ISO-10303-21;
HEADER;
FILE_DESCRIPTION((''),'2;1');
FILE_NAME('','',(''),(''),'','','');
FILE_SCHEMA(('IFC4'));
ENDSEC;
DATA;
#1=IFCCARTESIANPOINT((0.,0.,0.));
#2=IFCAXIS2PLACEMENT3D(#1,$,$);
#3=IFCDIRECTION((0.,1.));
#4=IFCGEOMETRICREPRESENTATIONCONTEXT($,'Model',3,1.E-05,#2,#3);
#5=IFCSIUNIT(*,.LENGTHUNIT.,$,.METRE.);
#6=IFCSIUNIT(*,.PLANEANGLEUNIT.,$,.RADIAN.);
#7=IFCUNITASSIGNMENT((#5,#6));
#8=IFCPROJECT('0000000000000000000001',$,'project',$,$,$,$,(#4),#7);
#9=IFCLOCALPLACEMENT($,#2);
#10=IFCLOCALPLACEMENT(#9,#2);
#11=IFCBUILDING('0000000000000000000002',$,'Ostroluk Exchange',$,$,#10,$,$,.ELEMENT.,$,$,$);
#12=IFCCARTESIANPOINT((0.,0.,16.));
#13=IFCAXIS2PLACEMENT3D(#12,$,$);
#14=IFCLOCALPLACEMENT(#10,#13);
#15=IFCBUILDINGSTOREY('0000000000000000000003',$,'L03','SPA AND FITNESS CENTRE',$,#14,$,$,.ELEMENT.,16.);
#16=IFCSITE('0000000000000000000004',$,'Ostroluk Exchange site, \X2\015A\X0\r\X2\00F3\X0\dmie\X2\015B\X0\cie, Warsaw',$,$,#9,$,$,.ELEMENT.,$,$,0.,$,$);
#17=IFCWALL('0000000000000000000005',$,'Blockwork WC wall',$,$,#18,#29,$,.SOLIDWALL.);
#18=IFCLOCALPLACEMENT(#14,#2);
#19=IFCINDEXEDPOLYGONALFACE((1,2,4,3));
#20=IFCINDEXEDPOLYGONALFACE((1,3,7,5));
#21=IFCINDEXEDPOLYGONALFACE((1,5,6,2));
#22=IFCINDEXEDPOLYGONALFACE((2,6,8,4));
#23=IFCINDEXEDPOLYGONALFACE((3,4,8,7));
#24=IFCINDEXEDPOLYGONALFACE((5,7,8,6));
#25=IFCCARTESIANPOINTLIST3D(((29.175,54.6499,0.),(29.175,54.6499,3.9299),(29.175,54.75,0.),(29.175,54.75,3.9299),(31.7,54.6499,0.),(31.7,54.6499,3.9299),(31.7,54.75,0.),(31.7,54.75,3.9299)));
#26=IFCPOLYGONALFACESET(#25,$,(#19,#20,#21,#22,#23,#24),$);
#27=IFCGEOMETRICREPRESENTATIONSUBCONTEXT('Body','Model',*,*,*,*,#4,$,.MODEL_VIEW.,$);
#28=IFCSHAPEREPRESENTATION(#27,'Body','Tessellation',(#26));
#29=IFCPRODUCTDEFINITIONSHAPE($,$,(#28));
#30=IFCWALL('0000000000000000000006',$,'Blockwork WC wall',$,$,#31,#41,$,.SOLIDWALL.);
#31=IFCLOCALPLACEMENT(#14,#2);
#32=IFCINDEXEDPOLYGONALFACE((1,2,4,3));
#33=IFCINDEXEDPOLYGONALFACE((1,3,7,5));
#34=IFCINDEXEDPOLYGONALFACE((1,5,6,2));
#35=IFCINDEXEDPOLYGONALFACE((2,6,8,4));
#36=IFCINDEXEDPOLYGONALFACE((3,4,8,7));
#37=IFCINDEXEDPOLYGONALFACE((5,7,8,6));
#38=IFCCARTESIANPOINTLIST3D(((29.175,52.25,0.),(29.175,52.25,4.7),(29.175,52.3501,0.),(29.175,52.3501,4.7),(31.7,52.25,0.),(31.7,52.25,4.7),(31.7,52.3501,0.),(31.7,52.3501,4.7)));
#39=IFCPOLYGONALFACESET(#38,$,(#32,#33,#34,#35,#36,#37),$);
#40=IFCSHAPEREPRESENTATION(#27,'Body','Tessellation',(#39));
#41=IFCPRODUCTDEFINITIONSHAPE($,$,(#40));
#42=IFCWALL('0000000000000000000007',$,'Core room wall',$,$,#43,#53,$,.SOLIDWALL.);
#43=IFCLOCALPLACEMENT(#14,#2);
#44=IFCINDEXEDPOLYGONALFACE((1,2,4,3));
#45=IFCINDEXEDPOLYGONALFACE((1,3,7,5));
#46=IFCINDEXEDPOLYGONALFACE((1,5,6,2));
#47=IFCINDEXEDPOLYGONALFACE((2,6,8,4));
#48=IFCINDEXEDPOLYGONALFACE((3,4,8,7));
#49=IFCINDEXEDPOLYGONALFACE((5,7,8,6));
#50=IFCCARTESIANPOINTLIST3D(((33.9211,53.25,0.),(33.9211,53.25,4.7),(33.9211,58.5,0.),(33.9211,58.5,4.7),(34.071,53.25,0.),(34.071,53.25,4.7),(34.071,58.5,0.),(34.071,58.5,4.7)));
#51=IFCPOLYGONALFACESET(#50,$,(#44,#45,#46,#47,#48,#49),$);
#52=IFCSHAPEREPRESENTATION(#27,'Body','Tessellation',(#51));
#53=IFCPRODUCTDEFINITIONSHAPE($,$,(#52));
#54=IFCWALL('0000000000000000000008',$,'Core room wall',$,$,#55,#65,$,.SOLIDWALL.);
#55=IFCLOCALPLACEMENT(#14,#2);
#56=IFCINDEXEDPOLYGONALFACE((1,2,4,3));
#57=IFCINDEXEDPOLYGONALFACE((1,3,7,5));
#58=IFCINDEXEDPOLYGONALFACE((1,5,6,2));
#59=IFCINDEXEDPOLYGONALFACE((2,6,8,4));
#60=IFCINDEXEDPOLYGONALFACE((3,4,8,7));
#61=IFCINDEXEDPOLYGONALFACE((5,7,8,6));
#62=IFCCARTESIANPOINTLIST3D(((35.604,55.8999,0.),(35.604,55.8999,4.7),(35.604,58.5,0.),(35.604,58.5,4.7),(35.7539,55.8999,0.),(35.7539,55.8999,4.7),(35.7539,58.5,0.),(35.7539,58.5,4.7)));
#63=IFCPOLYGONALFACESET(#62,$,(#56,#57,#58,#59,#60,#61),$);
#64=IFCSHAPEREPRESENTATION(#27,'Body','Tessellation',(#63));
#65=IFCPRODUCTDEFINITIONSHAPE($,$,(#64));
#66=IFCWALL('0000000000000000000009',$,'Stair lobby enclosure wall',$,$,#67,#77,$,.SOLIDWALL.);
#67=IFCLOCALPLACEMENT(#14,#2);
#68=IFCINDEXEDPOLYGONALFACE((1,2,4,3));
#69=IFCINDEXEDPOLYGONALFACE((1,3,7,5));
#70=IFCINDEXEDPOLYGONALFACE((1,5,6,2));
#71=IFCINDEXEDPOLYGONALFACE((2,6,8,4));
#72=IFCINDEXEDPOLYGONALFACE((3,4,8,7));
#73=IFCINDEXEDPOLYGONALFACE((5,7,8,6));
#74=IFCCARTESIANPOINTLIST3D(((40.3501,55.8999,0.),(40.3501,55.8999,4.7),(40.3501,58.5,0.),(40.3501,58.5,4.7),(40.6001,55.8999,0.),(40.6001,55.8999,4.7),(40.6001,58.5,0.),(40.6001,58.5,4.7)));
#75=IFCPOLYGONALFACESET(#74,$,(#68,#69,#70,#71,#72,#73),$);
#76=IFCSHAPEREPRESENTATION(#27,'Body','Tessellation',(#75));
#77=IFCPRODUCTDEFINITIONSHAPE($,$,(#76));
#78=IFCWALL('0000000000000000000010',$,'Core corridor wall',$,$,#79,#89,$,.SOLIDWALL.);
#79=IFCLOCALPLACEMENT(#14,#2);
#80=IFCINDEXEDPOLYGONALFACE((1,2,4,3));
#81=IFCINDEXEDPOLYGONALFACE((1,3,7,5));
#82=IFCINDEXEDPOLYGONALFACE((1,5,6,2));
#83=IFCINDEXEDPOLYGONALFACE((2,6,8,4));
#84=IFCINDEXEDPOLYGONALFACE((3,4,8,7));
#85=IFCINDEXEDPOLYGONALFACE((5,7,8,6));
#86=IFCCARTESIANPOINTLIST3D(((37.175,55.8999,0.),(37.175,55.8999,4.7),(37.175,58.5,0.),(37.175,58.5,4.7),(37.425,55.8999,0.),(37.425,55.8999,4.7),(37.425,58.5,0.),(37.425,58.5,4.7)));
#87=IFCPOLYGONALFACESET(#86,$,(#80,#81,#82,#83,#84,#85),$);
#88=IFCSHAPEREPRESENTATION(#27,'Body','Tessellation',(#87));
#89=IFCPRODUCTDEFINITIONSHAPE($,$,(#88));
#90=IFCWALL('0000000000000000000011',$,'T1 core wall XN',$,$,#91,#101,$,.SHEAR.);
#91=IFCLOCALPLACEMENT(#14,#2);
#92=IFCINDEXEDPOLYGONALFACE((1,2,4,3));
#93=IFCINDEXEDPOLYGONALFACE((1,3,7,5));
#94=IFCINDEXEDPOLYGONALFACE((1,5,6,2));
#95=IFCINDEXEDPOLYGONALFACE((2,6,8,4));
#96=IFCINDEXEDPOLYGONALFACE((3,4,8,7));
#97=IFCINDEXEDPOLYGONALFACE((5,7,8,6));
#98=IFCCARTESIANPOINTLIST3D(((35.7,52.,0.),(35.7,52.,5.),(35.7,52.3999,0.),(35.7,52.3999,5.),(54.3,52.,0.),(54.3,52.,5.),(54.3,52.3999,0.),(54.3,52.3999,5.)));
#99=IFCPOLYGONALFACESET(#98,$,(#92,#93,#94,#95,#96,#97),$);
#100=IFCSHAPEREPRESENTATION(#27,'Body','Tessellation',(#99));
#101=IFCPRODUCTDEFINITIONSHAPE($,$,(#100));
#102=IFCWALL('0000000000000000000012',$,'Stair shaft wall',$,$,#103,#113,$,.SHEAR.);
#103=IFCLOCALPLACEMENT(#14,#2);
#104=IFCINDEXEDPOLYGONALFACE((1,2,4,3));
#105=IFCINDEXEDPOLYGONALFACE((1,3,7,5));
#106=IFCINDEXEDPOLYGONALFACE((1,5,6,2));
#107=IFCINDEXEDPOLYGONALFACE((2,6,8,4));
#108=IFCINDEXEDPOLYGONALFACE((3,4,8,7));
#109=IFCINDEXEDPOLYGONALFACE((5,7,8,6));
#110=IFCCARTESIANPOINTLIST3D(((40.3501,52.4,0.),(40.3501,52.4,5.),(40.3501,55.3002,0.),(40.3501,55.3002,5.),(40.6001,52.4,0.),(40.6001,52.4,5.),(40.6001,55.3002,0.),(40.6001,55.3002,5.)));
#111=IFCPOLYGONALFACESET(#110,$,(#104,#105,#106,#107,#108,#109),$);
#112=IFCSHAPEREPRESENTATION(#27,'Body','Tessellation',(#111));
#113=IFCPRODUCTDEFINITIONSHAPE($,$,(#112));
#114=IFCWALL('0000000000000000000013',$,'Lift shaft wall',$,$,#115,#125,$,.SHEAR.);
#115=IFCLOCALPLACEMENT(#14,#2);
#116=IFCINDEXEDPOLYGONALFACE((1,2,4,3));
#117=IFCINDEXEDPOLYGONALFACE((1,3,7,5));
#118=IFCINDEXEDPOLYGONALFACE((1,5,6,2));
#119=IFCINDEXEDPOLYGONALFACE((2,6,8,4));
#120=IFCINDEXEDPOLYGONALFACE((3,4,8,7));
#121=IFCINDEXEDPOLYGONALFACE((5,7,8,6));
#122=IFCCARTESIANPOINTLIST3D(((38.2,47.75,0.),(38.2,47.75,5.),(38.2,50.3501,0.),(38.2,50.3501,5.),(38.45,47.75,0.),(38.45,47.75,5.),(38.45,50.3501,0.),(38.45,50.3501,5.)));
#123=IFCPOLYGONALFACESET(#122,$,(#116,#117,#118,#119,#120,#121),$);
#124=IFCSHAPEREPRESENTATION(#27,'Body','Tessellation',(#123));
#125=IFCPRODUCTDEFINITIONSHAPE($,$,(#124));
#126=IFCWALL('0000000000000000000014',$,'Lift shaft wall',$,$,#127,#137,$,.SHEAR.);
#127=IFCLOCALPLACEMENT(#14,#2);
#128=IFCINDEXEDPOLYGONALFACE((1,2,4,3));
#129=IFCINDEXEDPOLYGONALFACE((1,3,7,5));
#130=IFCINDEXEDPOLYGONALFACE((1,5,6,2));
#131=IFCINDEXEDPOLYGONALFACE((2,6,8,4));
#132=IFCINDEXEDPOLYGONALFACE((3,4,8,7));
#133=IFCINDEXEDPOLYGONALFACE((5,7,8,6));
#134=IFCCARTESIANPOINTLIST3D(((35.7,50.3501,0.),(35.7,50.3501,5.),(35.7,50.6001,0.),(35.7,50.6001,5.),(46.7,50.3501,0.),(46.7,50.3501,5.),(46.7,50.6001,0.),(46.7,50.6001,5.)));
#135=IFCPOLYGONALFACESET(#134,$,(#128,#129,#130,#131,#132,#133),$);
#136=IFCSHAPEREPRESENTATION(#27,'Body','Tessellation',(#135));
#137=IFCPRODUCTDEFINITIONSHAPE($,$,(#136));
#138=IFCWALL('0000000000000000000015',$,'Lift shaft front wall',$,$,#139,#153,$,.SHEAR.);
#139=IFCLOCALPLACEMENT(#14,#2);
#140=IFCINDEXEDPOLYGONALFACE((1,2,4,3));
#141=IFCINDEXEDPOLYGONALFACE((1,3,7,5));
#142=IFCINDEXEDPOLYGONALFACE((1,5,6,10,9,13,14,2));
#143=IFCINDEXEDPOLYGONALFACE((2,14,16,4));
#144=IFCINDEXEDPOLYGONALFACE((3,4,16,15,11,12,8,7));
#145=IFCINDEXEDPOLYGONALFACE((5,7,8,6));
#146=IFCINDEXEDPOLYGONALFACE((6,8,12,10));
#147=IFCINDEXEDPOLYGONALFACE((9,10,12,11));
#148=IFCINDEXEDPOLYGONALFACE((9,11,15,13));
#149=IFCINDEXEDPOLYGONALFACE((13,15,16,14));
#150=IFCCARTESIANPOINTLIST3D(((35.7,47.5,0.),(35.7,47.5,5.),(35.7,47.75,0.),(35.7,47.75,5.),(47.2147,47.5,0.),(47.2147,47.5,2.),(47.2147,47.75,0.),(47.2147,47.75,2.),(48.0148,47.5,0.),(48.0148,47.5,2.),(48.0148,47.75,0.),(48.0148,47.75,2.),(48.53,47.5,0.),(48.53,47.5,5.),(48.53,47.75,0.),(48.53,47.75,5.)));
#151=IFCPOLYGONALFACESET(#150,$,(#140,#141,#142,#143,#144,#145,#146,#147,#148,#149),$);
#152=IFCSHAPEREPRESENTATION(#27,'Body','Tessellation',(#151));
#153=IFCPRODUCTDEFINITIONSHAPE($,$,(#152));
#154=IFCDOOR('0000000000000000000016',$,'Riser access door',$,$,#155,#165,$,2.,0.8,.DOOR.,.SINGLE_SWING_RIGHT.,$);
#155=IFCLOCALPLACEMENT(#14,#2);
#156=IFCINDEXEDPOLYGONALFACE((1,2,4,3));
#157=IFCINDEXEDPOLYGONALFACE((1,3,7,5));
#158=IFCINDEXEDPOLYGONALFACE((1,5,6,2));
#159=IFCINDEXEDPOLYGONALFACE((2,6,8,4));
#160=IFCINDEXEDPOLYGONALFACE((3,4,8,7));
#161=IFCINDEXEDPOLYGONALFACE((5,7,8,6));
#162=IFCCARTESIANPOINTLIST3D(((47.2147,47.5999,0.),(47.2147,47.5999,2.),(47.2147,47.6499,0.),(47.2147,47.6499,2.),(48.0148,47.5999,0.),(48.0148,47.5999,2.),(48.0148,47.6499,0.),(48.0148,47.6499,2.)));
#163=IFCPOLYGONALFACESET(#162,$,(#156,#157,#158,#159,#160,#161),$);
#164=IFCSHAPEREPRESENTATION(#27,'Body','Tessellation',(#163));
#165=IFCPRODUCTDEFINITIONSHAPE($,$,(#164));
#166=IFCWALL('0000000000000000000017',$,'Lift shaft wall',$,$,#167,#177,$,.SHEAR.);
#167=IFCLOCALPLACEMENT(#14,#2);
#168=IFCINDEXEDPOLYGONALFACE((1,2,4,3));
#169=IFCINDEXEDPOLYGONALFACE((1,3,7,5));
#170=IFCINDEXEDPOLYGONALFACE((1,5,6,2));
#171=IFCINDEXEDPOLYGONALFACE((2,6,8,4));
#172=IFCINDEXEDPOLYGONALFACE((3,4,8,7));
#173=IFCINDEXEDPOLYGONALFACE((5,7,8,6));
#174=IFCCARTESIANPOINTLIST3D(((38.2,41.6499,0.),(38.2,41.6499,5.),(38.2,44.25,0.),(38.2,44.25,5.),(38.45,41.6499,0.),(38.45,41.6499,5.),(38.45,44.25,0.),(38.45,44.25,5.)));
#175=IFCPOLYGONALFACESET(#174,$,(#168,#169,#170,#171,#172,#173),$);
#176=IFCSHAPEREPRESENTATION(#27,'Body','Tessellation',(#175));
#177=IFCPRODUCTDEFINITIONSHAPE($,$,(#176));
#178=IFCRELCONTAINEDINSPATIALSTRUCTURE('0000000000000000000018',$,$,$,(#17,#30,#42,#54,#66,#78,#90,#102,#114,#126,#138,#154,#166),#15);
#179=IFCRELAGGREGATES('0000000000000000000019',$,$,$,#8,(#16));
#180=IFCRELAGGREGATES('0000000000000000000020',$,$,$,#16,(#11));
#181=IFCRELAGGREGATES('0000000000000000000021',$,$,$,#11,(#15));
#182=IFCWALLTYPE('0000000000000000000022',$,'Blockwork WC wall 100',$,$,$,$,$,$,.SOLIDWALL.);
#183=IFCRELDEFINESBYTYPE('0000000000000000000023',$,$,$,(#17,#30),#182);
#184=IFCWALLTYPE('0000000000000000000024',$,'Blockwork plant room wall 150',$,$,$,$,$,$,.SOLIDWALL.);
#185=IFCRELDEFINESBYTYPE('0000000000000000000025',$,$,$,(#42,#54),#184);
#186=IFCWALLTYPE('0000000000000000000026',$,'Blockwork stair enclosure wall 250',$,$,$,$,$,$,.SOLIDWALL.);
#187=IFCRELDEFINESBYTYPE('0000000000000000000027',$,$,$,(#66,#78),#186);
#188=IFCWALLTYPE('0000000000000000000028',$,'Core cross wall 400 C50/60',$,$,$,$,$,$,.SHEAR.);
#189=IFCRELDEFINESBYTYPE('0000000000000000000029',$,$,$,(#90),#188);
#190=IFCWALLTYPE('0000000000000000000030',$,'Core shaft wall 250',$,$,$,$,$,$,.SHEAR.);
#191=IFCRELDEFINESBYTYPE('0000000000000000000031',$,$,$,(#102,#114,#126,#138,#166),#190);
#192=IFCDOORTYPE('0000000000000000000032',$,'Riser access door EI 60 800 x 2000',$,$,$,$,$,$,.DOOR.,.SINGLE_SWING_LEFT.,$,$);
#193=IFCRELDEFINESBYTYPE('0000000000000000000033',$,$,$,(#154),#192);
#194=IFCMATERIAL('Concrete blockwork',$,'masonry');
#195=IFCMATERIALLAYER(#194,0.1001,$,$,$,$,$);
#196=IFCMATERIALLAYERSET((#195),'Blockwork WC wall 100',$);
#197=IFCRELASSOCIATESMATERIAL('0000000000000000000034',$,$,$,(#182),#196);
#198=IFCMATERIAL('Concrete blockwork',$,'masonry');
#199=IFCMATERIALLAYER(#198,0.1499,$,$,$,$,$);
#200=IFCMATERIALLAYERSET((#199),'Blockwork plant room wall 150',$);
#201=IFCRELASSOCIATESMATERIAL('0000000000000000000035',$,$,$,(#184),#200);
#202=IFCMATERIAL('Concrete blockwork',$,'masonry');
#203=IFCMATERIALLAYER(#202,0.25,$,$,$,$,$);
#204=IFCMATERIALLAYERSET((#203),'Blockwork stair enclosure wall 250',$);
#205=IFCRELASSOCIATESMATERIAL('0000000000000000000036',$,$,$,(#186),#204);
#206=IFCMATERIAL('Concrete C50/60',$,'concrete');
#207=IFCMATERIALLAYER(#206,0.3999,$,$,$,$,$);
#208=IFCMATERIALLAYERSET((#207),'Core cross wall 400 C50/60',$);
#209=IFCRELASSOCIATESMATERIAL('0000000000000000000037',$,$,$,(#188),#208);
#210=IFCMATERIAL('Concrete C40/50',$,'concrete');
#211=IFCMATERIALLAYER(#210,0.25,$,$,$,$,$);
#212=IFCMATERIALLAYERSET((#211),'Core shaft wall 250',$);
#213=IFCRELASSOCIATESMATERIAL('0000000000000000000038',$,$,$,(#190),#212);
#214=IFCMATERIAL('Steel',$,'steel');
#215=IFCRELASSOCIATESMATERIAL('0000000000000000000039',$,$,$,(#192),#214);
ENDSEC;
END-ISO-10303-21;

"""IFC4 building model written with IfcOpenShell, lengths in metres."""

from ifc_helpers import new_model, si_unit, direction, frame, frame_2d, origin, place, context, subcontext, project, spatial, rectangle, extrude, material, layer, layer_set, type_object, element, fill, save


model = new_model("IFC4")

# Units and contexts
model_context = context("Model", 3, precision=1e-05, world=origin(), true_north=direction((0.0, 1.0)))
body_context = subcontext(model_context, "Body", "Model", "MODEL_VIEW")
ifc_project = project(units=[si_unit("LENGTHUNIT", "METRE"), si_unit("PLANEANGLEUNIT", "RADIAN")], contexts=[model_context])

# Site, building, storey
site_placement = place(None, origin())
site = spatial("IfcSite", under=ifc_project, at=site_placement, Name="Ostroluk Exchange site, Śródmieście, Warsaw", CompositionType="ELEMENT", RefElevation=0.0)
building_placement = place(site_placement, origin())
building = spatial("IfcBuilding", under=site, at=building_placement, Name="Ostroluk Exchange", CompositionType="ELEMENT")
storey_placement = place(building_placement, frame((0.0, 0.0, 16.0)))
storey = spatial("IfcBuildingStorey", under=building, at=storey_placement, Name="L03", Description="SPA AND FITNESS CENTRE", CompositionType="ELEMENT", Elevation=16.0)

# Walls
ifc_material_1 = material(Name="Concrete blockwork", Category="masonry")
ifc_layer_1 = layer(ifc_material_1, 0.1001)
ifc_layer_set_1 = layer_set([ifc_layer_1], Name="Blockwork WC wall 100")
wall_type_1 = type_object("IfcWallType", Name="Blockwork WC wall 100", PredefinedType="SOLIDWALL", material=ifc_layer_set_1)
wall_1_placement = place(storey_placement, frame((29.175, 54.7, 0.0), z_axis=(0.0, 0.0, 1.0), x_axis=(1.0, 0.0, 0.0)))
element("IfcWall", 1, at=wall_1_placement, inside=storey, type_object=wall_type_1, Name="Blockwork WC wall", PredefinedType="SOLIDWALL", context=body_context, shape_type="SweptSolid", body=[
    extrude(rectangle(XDim=2.5249, YDim=0.1001, at=frame_2d((1.2625, 0.0))), origin(), (0.0, 0.0, 1.0), 3.9299),
])
wall_2_placement = place(storey_placement, frame((29.175, 52.3, 0.0), z_axis=(0.0, 0.0, 1.0), x_axis=(1.0, 0.0, 0.0)))
element("IfcWall", 2, at=wall_2_placement, inside=storey, type_object=wall_type_1, Name="Blockwork WC wall", PredefinedType="SOLIDWALL", context=body_context, shape_type="SweptSolid", body=[
    extrude(rectangle(XDim=2.5249, YDim=0.1001, at=frame_2d((1.2625, 0.0))), origin(), (0.0, 0.0, 1.0), 4.7),
])
ifc_material_2 = material(Name="Concrete blockwork", Category="masonry")
ifc_layer_2 = layer(ifc_material_2, 0.1499)
ifc_layer_set_2 = layer_set([ifc_layer_2], Name="Blockwork plant room wall 150")
wall_type_2 = type_object("IfcWallType", Name="Blockwork plant room wall 150", PredefinedType="SOLIDWALL", material=ifc_layer_set_2)
wall_3_placement = place(storey_placement, frame((33.9961, 53.25, 0.0), z_axis=(0.0, 0.0, 1.0), x_axis=(0.0, 1.0, 0.0)))
element("IfcWall", 3, at=wall_3_placement, inside=storey, type_object=wall_type_2, Name="Core room wall", PredefinedType="SOLIDWALL", context=body_context, shape_type="SweptSolid", body=[
    extrude(rectangle(XDim=5.25, YDim=0.1499, at=frame_2d((2.625, 0.0))), origin(), (0.0, 0.0, 1.0), 4.7),
])
wall_4_placement = place(storey_placement, frame((35.679, 55.8999, 0.0), z_axis=(0.0, 0.0, 1.0), x_axis=(0.0, 1.0, 0.0)))
element("IfcWall", 4, at=wall_4_placement, inside=storey, type_object=wall_type_2, Name="Core room wall", PredefinedType="SOLIDWALL", context=body_context, shape_type="SweptSolid", body=[
    extrude(rectangle(XDim=2.6001, YDim=0.1499, at=frame_2d((1.3, 0.0))), origin(), (0.0, 0.0, 1.0), 4.7),
])
ifc_material_3 = material(Name="Concrete blockwork", Category="masonry")
ifc_layer_3 = layer(ifc_material_3, 0.25)
ifc_layer_set_3 = layer_set([ifc_layer_3], Name="Blockwork stair enclosure wall 250")
wall_type_3 = type_object("IfcWallType", Name="Blockwork stair enclosure wall 250", PredefinedType="SOLIDWALL", material=ifc_layer_set_3)
for number, where, z_axis, x_axis, name in (
    (5, (40.4751, 55.8999, 0.0), (0.0, 0.0, 1.0), (0.0, 1.0, 0.0), "Stair lobby enclosure wall"),
    (6, (37.3, 55.8999, 0.0), (0.0, 0.0, 1.0), (0.0, 1.0, 0.0), "Core corridor wall"),
):
    element("IfcWall", number, at=place(storey_placement, frame(where, z_axis=z_axis, x_axis=x_axis)), inside=storey, type_object=wall_type_3, Name=name, PredefinedType="SOLIDWALL", context=body_context, shape_type="SweptSolid", body=[
        extrude(rectangle(XDim=2.6001, YDim=0.25, at=frame_2d((1.3, 0.0))), origin(), (0.0, 0.0, 1.0), 4.7),
    ])
ifc_material_4 = material(Name="Concrete C50/60", Category="concrete")
ifc_layer_4 = layer(ifc_material_4, 0.3999)
ifc_layer_set_4 = layer_set([ifc_layer_4], Name="Core cross wall 400 C50/60")
wall_type_4 = type_object("IfcWallType", Name="Core cross wall 400 C50/60", PredefinedType="SHEAR", material=ifc_layer_set_4)
wall_5_placement = place(storey_placement, frame((35.7, 52.2, 0.0), z_axis=(0.0, 0.0, 1.0), x_axis=(1.0, 0.0, 0.0)))
element("IfcWall", 7, at=wall_5_placement, inside=storey, type_object=wall_type_4, Name="T1 core wall XN", PredefinedType="SHEAR", context=body_context, shape_type="SweptSolid", body=[
    extrude(rectangle(XDim=18.6001, YDim=0.3999, at=frame_2d((9.3, 0.0))), origin(), (0.0, 0.0, 1.0), 5.0),
])
ifc_material_5 = material(Name="Concrete C40/50", Category="concrete")
ifc_layer_5 = layer(ifc_material_5, 0.25)
ifc_layer_set_5 = layer_set([ifc_layer_5], Name="Core shaft wall 250")
wall_type_5 = type_object("IfcWallType", Name="Core shaft wall 250", PredefinedType="SHEAR", material=ifc_layer_set_5)
wall_6_placement = place(storey_placement, frame((40.4751, 52.3999, 0.0), z_axis=(0.0, 0.0, 1.0), x_axis=(0.0, 1.0, 0.0)))
element("IfcWall", 8, at=wall_6_placement, inside=storey, type_object=wall_type_5, Name="Stair shaft wall", PredefinedType="SHEAR", context=body_context, shape_type="SweptSolid", body=[
    extrude(rectangle(XDim=2.9001, YDim=0.25, at=frame_2d((1.4502, 0.0))), origin(), (0.0, 0.0, 1.0), 5.0),
])
wall_7_placement = place(storey_placement, frame((38.325, 47.75, 0.0), z_axis=(0.0, 0.0, 1.0), x_axis=(0.0, 1.0, 0.0)))
element("IfcWall", 9, at=wall_7_placement, inside=storey, type_object=wall_type_5, Name="Lift shaft wall", PredefinedType="SHEAR", context=body_context, shape_type="SweptSolid", body=[
    extrude(rectangle(XDim=2.6001, YDim=0.25, at=frame_2d((1.3, 0.0))), origin(), (0.0, 0.0, 1.0), 5.0),
])
wall_8_placement = place(storey_placement, frame((35.7, 50.4751, 0.0), z_axis=(0.0, 0.0, 1.0), x_axis=(1.0, 0.0, 0.0)))
element("IfcWall", 10, at=wall_8_placement, inside=storey, type_object=wall_type_5, Name="Lift shaft wall", PredefinedType="SHEAR", context=body_context, shape_type="SweptSolid", body=[
    extrude(rectangle(XDim=11.0, YDim=0.25, at=frame_2d((5.5, 0.0))), origin(), (0.0, 0.0, 1.0), 5.0),
])

# Wall, opening, door
wall_9_placement = place(storey_placement, frame((35.7, 47.625, 0.0), z_axis=(0.0, 0.0, 1.0), x_axis=(1.0, 0.0, 0.0)))
wall_9 = element("IfcWall", 11, at=wall_9_placement, inside=storey, type_object=wall_type_5, Name="Lift shaft front wall", PredefinedType="SHEAR", context=body_context, shape_type="SweptSolid", body=[
    extrude(rectangle(XDim=12.8301, YDim=0.25, at=frame_2d((6.415, 0.0))), origin(), (0.0, 0.0, 1.0), 5.0),
])
opening_1_placement = place(wall_9_placement, frame((11.5149, 0.0, 0.0)))
opening_1 = element("IfcOpeningElement", 12, at=opening_1_placement, cuts=wall_9, PredefinedType="OPENING", context=body_context, shape_type="SweptSolid", body=[
    extrude(rectangle(XDim=0.8, YDim=2.0, at=frame_2d((0.3999, 1.0))), frame((0.0, 0.135, 0.0), z_axis=(0.0, -1.0, 0.0), x_axis=(1.0, 0.0, 0.0)), (0.0, 0.0, 1.0), 0.27),
])
ifc_material_6 = material(Name="Steel", Category="steel")
door_type_1 = type_object("IfcDoorType", Name="Riser access door EI 60 800 x 2000", OperationType="SINGLE_SWING_LEFT", PredefinedType="DOOR", material=ifc_material_6)
door_1_placement = place(opening_1_placement, origin())
door_1 = element("IfcDoor", 13, at=door_1_placement, inside=storey, type_object=door_type_1, Name="Riser access door", OperationType="SINGLE_SWING_RIGHT", OverallHeight=2.0, OverallWidth=0.8, PredefinedType="DOOR", context=body_context, shape_type="SweptSolid", body=[
    extrude(rectangle(XDim=0.8, YDim=2.0, at=frame_2d((0.3999, 1.0))), frame((0.0, 0.0249, 0.0), z_axis=(0.0, -1.0, 0.0), x_axis=(1.0, 0.0, 0.0)), (0.0, 0.0, 1.0), 0.05),
])
fill(opening_1, door_1)

# Wall
wall_10_placement = place(storey_placement, frame((38.325, 44.25, 0.0), z_axis=(0.0, 0.0, 1.0), x_axis=(0.0, -1.0, 0.0)))
element("IfcWall", 14, at=wall_10_placement, inside=storey, type_object=wall_type_5, Name="Lift shaft wall", PredefinedType="SHEAR", context=body_context, shape_type="SweptSolid", body=[
    extrude(rectangle(XDim=2.6001, YDim=0.25, at=frame_2d((1.3, 0.0))), origin(), (0.0, 0.0, 1.0), 5.0),
])

save(model, "model.ifc")
